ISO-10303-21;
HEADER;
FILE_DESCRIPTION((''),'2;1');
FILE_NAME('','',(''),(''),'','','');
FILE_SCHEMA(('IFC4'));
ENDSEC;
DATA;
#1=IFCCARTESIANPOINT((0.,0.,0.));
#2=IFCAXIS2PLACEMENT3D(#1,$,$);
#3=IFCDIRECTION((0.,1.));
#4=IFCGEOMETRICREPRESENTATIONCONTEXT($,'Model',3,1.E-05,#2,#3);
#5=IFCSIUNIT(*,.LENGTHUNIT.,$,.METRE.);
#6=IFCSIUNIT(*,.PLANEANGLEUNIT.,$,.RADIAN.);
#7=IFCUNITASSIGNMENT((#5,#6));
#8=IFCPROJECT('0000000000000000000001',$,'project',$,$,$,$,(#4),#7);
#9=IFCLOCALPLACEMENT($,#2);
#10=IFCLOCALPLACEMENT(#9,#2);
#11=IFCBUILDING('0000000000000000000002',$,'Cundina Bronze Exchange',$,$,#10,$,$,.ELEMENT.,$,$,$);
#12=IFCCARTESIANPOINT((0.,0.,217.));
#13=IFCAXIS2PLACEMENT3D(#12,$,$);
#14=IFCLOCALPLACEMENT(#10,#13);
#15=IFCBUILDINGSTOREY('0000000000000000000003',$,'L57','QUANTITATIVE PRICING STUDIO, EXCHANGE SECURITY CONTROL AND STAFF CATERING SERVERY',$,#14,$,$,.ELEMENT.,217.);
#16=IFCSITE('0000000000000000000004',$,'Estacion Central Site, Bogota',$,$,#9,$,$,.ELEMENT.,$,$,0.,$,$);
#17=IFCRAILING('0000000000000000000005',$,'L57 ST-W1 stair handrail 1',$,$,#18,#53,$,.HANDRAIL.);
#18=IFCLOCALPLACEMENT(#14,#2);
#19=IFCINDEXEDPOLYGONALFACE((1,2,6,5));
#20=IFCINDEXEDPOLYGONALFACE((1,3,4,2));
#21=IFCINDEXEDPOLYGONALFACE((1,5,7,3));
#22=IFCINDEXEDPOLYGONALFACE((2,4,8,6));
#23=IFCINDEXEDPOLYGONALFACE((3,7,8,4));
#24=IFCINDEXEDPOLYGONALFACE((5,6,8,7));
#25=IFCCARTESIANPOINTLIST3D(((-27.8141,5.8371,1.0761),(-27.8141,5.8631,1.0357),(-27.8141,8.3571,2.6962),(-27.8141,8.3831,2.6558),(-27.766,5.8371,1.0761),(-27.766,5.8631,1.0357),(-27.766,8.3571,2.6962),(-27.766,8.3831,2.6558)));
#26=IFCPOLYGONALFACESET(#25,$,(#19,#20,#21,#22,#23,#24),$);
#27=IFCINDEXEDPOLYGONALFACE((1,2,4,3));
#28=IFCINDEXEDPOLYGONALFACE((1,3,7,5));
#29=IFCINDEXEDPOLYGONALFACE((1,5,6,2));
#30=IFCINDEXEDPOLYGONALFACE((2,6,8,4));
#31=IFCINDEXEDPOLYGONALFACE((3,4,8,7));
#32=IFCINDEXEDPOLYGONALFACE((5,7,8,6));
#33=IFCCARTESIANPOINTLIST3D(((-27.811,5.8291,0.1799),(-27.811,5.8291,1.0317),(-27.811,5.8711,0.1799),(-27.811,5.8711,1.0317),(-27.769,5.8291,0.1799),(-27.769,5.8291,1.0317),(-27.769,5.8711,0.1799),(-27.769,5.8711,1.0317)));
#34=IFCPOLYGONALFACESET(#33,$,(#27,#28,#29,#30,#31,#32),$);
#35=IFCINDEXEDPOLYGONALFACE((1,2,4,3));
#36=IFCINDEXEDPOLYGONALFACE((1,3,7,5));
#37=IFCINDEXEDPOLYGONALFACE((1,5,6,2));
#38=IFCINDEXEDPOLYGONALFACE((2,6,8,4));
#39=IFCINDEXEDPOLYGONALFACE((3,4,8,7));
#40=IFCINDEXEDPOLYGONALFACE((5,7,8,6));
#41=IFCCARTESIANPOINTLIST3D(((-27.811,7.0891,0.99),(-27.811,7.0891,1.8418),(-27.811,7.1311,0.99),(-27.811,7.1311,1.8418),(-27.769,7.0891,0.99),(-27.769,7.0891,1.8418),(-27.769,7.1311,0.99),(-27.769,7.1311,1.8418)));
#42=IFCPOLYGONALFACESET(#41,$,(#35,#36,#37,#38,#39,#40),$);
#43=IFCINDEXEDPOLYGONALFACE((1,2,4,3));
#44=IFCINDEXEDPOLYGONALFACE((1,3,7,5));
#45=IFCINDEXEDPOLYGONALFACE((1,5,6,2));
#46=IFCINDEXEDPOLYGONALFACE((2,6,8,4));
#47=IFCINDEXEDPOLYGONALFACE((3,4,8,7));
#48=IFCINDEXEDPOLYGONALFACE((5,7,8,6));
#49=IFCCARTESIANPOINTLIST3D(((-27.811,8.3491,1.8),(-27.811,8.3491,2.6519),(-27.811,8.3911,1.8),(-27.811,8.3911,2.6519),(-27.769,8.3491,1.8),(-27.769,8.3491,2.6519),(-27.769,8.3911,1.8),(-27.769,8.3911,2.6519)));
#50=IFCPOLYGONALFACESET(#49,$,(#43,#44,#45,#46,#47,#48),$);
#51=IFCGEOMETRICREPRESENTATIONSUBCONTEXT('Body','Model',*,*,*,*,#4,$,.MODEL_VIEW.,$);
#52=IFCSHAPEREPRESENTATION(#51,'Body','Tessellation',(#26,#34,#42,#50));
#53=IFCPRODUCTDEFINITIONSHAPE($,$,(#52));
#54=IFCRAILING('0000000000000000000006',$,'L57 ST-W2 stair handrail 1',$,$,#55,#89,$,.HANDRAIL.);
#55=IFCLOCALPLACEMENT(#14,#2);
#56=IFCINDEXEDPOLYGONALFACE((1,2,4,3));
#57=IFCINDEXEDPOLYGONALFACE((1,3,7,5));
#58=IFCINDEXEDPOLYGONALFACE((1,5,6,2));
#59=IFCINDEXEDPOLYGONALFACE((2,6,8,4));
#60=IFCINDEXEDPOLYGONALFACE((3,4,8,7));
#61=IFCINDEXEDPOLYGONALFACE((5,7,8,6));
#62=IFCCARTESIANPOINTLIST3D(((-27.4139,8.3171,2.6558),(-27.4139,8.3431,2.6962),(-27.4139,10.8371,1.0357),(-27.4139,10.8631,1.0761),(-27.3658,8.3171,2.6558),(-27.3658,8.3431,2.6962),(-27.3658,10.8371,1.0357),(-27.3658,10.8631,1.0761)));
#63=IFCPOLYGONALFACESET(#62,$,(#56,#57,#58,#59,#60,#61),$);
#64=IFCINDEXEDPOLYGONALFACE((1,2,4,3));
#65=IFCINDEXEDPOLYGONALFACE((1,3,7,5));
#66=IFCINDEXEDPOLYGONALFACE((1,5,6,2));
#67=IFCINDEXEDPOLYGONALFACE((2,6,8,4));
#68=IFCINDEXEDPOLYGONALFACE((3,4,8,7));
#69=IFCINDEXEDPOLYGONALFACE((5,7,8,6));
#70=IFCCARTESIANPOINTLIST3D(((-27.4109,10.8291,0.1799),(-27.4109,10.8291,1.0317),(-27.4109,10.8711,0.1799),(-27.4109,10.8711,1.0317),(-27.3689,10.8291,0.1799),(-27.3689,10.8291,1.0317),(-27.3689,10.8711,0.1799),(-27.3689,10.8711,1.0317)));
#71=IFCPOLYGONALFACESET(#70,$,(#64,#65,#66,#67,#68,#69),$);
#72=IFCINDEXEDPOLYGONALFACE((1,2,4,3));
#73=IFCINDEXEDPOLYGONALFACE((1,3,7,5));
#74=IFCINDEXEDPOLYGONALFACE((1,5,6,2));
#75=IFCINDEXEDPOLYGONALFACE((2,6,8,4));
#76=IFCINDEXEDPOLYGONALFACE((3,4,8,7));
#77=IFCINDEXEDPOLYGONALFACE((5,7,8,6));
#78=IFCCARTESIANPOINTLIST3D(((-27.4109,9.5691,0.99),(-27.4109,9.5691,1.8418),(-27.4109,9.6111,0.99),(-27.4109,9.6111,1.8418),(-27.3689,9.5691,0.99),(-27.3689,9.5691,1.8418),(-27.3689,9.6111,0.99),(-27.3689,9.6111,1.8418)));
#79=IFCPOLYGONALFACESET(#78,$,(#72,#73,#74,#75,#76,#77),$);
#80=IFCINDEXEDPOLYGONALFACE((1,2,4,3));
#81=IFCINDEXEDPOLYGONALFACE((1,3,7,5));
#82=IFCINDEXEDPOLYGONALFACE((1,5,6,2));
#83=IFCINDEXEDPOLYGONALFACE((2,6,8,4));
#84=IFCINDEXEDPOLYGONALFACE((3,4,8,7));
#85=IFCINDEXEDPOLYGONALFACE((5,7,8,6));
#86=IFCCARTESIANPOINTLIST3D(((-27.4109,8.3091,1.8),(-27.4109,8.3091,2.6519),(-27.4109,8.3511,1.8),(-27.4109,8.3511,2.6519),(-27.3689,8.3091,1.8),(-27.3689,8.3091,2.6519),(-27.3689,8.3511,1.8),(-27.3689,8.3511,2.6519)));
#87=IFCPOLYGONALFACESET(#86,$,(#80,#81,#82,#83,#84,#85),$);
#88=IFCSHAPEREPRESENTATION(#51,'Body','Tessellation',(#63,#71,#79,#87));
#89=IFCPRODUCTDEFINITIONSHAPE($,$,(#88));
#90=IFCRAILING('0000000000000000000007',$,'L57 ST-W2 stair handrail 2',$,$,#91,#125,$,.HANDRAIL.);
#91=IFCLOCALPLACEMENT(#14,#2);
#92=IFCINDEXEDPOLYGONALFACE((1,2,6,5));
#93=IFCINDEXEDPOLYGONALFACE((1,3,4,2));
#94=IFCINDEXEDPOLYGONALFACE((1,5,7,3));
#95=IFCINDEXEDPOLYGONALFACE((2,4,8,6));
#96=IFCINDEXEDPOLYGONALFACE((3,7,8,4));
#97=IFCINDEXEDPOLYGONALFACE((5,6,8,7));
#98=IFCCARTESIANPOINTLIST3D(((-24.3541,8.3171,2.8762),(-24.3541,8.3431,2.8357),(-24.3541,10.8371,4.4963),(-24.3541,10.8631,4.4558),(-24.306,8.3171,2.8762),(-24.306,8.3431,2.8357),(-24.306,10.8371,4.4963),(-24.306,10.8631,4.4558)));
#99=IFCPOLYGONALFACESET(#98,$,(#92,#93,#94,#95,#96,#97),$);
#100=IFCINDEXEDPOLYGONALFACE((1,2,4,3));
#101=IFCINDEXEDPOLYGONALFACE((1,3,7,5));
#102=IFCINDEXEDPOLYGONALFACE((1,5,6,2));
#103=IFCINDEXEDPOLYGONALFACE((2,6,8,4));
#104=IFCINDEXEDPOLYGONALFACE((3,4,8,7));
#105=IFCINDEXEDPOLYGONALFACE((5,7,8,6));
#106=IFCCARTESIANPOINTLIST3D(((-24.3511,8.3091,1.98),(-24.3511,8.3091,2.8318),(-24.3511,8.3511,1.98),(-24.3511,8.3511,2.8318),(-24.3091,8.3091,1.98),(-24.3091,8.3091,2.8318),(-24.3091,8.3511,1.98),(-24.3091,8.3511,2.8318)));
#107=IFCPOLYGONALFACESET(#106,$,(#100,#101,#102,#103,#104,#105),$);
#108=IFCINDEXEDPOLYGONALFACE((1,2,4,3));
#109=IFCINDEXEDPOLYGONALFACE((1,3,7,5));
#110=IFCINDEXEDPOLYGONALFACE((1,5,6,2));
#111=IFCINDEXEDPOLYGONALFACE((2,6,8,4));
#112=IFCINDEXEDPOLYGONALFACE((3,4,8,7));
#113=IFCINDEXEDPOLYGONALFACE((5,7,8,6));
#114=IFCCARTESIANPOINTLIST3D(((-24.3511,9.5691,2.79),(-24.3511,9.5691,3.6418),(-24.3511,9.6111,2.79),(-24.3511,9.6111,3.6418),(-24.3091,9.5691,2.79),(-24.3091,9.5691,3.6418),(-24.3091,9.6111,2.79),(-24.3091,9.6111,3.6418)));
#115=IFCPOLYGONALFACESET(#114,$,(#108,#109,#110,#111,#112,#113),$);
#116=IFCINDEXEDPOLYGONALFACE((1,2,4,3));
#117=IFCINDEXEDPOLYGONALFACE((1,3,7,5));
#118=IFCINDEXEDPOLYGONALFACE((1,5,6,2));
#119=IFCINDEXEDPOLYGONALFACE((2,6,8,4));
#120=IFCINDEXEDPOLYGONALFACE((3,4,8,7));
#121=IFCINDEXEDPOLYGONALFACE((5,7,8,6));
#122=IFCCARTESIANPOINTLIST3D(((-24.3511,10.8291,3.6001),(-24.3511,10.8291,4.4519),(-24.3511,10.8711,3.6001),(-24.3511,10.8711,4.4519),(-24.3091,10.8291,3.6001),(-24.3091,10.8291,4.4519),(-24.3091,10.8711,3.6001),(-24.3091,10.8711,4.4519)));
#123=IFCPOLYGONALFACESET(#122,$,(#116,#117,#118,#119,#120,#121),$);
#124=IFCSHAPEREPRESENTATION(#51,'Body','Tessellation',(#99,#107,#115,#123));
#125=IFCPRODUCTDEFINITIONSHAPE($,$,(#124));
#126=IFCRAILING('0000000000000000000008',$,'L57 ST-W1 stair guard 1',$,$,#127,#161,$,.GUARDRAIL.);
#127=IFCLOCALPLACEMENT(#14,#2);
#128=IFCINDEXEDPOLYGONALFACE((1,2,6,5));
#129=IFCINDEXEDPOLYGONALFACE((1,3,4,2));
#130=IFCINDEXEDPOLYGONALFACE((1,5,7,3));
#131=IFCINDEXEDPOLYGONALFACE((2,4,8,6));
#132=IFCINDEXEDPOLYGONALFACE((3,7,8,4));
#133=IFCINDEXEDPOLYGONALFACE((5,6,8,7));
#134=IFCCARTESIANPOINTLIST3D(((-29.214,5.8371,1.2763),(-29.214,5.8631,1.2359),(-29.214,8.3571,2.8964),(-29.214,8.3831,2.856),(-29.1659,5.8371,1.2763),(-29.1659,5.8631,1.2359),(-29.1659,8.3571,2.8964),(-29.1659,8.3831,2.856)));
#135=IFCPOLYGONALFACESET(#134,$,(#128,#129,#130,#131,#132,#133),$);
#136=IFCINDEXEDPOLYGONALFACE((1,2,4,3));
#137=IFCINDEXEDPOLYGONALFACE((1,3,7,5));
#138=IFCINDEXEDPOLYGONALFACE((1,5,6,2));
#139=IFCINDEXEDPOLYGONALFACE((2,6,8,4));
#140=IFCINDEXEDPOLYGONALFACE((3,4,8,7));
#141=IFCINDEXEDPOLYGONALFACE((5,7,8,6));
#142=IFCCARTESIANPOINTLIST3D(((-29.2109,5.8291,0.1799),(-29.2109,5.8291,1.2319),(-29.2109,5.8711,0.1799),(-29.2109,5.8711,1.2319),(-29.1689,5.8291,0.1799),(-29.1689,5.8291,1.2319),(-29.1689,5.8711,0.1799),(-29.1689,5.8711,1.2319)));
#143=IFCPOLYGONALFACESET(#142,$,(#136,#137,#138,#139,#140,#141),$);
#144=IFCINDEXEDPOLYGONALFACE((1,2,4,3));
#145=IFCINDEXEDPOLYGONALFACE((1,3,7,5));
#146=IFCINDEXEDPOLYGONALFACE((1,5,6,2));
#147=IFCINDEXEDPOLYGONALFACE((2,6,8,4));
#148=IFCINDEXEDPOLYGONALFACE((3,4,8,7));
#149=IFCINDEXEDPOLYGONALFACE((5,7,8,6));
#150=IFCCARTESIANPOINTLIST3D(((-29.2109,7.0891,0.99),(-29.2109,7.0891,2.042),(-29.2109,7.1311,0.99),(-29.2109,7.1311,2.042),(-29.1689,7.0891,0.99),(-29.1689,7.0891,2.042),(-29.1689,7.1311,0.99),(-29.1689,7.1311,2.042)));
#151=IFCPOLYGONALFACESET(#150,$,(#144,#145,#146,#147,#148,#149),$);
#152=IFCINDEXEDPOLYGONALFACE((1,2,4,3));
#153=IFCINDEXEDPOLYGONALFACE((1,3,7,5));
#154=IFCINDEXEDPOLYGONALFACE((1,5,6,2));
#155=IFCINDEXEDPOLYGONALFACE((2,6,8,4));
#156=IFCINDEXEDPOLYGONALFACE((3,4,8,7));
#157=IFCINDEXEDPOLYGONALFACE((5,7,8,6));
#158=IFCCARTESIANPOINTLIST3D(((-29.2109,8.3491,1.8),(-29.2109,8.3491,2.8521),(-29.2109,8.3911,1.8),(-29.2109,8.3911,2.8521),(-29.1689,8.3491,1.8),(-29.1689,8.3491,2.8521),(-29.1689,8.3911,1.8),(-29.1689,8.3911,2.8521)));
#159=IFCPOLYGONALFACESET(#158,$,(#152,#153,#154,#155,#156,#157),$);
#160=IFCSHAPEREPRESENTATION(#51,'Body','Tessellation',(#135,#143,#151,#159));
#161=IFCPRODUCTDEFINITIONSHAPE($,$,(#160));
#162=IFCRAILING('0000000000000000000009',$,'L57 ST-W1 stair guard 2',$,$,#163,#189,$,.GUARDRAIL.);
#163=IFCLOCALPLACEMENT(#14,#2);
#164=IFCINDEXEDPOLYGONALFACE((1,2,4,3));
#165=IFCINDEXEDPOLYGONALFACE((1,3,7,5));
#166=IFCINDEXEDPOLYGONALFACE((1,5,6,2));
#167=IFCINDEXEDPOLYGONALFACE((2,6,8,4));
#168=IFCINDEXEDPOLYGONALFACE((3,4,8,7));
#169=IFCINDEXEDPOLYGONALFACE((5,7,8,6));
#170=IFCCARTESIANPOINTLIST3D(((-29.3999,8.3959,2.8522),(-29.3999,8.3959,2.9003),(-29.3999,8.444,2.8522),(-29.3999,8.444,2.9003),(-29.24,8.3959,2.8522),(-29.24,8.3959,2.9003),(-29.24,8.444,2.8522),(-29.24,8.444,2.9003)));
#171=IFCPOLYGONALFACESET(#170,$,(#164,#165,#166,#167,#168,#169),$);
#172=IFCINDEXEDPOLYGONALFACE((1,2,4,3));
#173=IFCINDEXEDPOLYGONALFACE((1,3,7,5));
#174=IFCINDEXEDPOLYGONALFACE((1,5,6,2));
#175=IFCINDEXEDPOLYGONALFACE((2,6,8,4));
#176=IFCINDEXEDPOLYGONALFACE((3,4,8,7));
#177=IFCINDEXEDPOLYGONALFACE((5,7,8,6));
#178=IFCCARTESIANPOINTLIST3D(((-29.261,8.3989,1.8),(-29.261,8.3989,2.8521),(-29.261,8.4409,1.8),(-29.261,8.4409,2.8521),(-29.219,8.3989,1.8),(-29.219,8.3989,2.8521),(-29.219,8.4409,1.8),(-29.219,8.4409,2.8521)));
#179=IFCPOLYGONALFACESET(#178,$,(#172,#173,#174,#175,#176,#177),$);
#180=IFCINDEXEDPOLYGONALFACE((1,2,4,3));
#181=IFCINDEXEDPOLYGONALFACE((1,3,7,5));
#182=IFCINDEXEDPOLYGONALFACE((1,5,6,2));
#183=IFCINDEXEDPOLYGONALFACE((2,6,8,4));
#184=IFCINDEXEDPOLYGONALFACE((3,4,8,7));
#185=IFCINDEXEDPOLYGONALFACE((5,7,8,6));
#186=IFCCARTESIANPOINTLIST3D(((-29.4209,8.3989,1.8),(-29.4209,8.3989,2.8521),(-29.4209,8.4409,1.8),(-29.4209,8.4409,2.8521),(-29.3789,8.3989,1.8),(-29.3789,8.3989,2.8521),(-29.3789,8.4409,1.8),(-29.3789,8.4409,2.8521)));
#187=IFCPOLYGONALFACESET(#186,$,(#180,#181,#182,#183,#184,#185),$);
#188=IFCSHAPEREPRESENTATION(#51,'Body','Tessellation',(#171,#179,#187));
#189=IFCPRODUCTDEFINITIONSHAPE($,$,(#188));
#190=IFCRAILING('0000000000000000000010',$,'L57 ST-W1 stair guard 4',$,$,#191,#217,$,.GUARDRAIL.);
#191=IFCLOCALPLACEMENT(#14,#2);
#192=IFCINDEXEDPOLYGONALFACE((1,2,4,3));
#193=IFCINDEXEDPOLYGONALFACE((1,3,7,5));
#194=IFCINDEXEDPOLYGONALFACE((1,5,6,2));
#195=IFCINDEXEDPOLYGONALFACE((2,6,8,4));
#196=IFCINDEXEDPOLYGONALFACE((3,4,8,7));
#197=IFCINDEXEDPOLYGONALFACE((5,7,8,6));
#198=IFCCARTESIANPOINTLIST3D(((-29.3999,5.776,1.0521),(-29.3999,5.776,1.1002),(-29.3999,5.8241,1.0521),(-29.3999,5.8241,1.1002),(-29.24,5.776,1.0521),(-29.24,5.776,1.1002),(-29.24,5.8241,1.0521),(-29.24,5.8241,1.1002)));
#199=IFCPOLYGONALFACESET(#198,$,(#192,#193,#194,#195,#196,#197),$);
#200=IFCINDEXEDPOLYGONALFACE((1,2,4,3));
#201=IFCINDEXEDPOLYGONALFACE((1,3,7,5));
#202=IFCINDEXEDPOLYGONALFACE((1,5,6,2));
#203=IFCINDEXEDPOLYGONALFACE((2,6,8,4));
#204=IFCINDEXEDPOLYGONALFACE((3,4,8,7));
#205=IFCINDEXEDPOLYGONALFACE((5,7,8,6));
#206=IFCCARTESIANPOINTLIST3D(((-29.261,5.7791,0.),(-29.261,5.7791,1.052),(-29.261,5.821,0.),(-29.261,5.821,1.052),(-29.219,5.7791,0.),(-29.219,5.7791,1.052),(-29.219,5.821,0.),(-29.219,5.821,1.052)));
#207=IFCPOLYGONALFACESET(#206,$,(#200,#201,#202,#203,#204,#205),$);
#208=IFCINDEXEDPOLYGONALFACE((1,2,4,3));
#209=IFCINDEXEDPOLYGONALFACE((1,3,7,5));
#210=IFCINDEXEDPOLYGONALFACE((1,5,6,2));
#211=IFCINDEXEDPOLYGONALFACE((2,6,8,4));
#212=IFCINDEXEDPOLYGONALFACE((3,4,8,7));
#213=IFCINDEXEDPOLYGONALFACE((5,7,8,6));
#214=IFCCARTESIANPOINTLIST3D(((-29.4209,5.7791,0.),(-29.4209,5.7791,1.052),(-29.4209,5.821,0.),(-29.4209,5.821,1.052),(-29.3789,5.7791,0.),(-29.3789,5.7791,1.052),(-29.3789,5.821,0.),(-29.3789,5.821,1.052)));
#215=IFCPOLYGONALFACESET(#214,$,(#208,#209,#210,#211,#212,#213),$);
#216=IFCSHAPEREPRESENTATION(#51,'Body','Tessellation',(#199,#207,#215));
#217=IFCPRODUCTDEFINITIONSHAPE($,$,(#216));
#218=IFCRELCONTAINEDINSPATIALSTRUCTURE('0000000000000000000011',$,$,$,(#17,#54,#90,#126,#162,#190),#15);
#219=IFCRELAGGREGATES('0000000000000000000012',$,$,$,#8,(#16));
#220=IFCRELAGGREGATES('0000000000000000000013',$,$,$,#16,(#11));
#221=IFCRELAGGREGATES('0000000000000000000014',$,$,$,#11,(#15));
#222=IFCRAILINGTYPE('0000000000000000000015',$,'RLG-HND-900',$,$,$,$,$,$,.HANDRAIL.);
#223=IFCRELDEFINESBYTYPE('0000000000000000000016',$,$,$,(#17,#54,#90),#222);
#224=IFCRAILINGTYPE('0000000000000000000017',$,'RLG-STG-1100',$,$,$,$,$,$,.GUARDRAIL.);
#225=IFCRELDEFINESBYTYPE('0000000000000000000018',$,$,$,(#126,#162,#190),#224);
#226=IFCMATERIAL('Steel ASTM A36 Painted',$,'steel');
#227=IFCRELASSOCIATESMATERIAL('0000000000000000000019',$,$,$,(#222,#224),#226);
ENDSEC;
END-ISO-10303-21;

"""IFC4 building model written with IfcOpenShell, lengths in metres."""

from ifc_helpers import new_model, si_unit, direction, frame, origin, origin_2d, place, context, subcontext, project, spatial, rectangle, extrude, material, type_object, element, save


model = new_model("IFC4")

# Units and contexts
model_context = context("Model", 3, precision=1e-05, world=origin(), true_north=direction((0.0, 1.0)))
body_context = subcontext(model_context, "Body", "Model", "MODEL_VIEW")
ifc_project = project(units=[si_unit("LENGTHUNIT", "METRE"), si_unit("PLANEANGLEUNIT", "RADIAN")], contexts=[model_context])

# Site, building, storey
site_placement = place(None, origin())
site = spatial("IfcSite", under=ifc_project, at=site_placement, Name="Estacion Central Site, Bogota", CompositionType="ELEMENT", RefElevation=0.0)
building_placement = place(site_placement, origin())
building = spatial("IfcBuilding", under=site, at=building_placement, Name="Cundina Bronze Exchange", CompositionType="ELEMENT")
storey_placement = place(building_placement, frame((0.0, 0.0, 217.0)))
storey = spatial("IfcBuildingStorey", under=building, at=storey_placement, Name="L57", Description="QUANTITATIVE PRICING STUDIO, EXCHANGE SECURITY CONTROL AND STAFF CATERING SERVERY", CompositionType="ELEMENT", Elevation=217.0)

# Shared definitions
ifc_material_1 = material(Name="Steel ASTM A36 Painted", Category="steel")

# Railings
railing_type_1 = type_object("IfcRailingType", Name="RLG-HND-900", PredefinedType="HANDRAIL", material=ifc_material_1)
railing_1_placement = place(storey_placement, frame((-27.79, 5.8501, 0.1799)))
element("IfcRailing", 1, at=railing_1_placement, inside=storey, type_object=railing_type_1, Name="L57 ST-W1 stair handrail 1", PredefinedType="HANDRAIL", context=body_context, shape_type="SweptSolid", body=[
    extrude(rectangle(XDim=0.0481, YDim=0.0481, at=origin_2d()), frame((0.0, 0.0, 0.876), z_axis=(0.0, 0.841163, 0.540782), x_axis=(-1.0, 0.0, 0.0)), (0.0, 0.0, 1.0), 2.9958),
    extrude(rectangle(XDim=0.042, YDim=0.042, at=origin_2d()), origin(), (0.0, 0.0, 1.0), 0.8518),
    extrude(rectangle(XDim=0.042, YDim=0.042, at=origin_2d()), frame((0.0, 1.26, 0.8101)), (0.0, 0.0, 1.0), 0.8518),
    extrude(rectangle(XDim=0.042, YDim=0.042, at=origin_2d()), frame((0.0, 2.52, 1.6201)), (0.0, 0.0, 1.0), 0.8518),
])
railing_2_placement = place(storey_placement, frame((-27.3899, 10.8501, 0.1799)))
element("IfcRailing", 2, at=railing_2_placement, inside=storey, type_object=railing_type_1, Name="L57 ST-W2 stair handrail 1", PredefinedType="HANDRAIL", context=body_context, shape_type="SweptSolid", body=[
    extrude(rectangle(XDim=0.0481, YDim=0.0481, at=origin_2d()), frame((0.0, 0.0, 0.876), z_axis=(0.0, -0.841163, 0.540782), x_axis=(1.0, 0.0, 0.0)), (0.0, 0.0, 1.0), 2.9958),
    extrude(rectangle(XDim=0.042, YDim=0.042, at=origin_2d()), origin(), (0.0, 0.0, 1.0), 0.8518),
    extrude(rectangle(XDim=0.042, YDim=0.042, at=origin_2d()), frame((0.0, -1.26, 0.8101)), (0.0, 0.0, 1.0), 0.8518),
    extrude(rectangle(XDim=0.042, YDim=0.042, at=origin_2d()), frame((0.0, -2.52, 1.6201)), (0.0, 0.0, 1.0), 0.8518),
])
railing_3_placement = place(storey_placement, frame((-24.3301, 8.3301, 1.98)))
element("IfcRailing", 3, at=railing_3_placement, inside=storey, type_object=railing_type_1, Name="L57 ST-W2 stair handrail 2", PredefinedType="HANDRAIL", context=body_context, shape_type="SweptSolid", body=[
    extrude(rectangle(XDim=0.0481, YDim=0.0481, at=origin_2d()), frame((0.0, 0.0, 0.876), z_axis=(0.0, 0.841163, 0.540782), x_axis=(-1.0, 0.0, 0.0)), (0.0, 0.0, 1.0), 2.9958),
    extrude(rectangle(XDim=0.042, YDim=0.042, at=origin_2d()), origin(), (0.0, 0.0, 1.0), 0.8518),
    extrude(rectangle(XDim=0.042, YDim=0.042, at=origin_2d()), frame((0.0, 1.26, 0.8101)), (0.0, 0.0, 1.0), 0.8518),
    extrude(rectangle(XDim=0.042, YDim=0.042, at=origin_2d()), frame((0.0, 2.52, 1.6201)), (0.0, 0.0, 1.0), 0.8518),
])
railing_type_2 = type_object("IfcRailingType", Name="RLG-STG-1100", PredefinedType="GUARDRAIL", material=ifc_material_1)
railing_4_placement = place(storey_placement, frame((-29.1899, 5.8501, 0.1799)))
element("IfcRailing", 4, at=railing_4_placement, inside=storey, type_object=railing_type_2, Name="L57 ST-W1 stair guard 1", PredefinedType="GUARDRAIL", context=body_context, shape_type="SweptSolid", body=[
    extrude(rectangle(XDim=0.0481, YDim=0.0481, at=origin_2d()), frame((0.0, 0.0, 1.0762), z_axis=(0.0, 0.841163, 0.540782), x_axis=(-1.0, 0.0, 0.0)), (0.0, 0.0, 1.0), 2.9958),
    extrude(rectangle(XDim=0.042, YDim=0.042, at=origin_2d()), origin(), (0.0, 0.0, 1.0), 1.052),
    extrude(rectangle(XDim=0.042, YDim=0.042, at=origin_2d()), frame((0.0, 1.26, 0.8101)), (0.0, 0.0, 1.0), 1.052),
    extrude(rectangle(XDim=0.042, YDim=0.042, at=origin_2d()), frame((0.0, 2.52, 1.6201)), (0.0, 0.0, 1.0), 1.052),
])
for number, where, name in (
    (5, (-29.24, 8.4199, 1.8), "L57 ST-W1 stair guard 2"),
    (6, (-29.24, 5.8, 0.0), "L57 ST-W1 stair guard 4"),
):
    element("IfcRailing", number, at=place(storey_placement, frame(where)), inside=storey, type_object=railing_type_2, Name=name, PredefinedType="GUARDRAIL", context=body_context, shape_type="SweptSolid", body=[
        extrude(rectangle(XDim=0.0481, YDim=0.0481, at=origin_2d()), frame((0.0, 0.0, 1.0762), z_axis=(-1.0, 0.0, 0.0), x_axis=(0.0, -1.0, 0.0)), (0.0, 0.0, 1.0), 0.1599),
        extrude(rectangle(XDim=0.042, YDim=0.042, at=origin_2d()), origin(), (0.0, 0.0, 1.0), 1.052),
        extrude(rectangle(XDim=0.042, YDim=0.042, at=origin_2d()), frame((-0.1599, 0.0, 0.0)), (0.0, 0.0, 1.0), 1.052),
    ])

save(model, "model.ifc")
